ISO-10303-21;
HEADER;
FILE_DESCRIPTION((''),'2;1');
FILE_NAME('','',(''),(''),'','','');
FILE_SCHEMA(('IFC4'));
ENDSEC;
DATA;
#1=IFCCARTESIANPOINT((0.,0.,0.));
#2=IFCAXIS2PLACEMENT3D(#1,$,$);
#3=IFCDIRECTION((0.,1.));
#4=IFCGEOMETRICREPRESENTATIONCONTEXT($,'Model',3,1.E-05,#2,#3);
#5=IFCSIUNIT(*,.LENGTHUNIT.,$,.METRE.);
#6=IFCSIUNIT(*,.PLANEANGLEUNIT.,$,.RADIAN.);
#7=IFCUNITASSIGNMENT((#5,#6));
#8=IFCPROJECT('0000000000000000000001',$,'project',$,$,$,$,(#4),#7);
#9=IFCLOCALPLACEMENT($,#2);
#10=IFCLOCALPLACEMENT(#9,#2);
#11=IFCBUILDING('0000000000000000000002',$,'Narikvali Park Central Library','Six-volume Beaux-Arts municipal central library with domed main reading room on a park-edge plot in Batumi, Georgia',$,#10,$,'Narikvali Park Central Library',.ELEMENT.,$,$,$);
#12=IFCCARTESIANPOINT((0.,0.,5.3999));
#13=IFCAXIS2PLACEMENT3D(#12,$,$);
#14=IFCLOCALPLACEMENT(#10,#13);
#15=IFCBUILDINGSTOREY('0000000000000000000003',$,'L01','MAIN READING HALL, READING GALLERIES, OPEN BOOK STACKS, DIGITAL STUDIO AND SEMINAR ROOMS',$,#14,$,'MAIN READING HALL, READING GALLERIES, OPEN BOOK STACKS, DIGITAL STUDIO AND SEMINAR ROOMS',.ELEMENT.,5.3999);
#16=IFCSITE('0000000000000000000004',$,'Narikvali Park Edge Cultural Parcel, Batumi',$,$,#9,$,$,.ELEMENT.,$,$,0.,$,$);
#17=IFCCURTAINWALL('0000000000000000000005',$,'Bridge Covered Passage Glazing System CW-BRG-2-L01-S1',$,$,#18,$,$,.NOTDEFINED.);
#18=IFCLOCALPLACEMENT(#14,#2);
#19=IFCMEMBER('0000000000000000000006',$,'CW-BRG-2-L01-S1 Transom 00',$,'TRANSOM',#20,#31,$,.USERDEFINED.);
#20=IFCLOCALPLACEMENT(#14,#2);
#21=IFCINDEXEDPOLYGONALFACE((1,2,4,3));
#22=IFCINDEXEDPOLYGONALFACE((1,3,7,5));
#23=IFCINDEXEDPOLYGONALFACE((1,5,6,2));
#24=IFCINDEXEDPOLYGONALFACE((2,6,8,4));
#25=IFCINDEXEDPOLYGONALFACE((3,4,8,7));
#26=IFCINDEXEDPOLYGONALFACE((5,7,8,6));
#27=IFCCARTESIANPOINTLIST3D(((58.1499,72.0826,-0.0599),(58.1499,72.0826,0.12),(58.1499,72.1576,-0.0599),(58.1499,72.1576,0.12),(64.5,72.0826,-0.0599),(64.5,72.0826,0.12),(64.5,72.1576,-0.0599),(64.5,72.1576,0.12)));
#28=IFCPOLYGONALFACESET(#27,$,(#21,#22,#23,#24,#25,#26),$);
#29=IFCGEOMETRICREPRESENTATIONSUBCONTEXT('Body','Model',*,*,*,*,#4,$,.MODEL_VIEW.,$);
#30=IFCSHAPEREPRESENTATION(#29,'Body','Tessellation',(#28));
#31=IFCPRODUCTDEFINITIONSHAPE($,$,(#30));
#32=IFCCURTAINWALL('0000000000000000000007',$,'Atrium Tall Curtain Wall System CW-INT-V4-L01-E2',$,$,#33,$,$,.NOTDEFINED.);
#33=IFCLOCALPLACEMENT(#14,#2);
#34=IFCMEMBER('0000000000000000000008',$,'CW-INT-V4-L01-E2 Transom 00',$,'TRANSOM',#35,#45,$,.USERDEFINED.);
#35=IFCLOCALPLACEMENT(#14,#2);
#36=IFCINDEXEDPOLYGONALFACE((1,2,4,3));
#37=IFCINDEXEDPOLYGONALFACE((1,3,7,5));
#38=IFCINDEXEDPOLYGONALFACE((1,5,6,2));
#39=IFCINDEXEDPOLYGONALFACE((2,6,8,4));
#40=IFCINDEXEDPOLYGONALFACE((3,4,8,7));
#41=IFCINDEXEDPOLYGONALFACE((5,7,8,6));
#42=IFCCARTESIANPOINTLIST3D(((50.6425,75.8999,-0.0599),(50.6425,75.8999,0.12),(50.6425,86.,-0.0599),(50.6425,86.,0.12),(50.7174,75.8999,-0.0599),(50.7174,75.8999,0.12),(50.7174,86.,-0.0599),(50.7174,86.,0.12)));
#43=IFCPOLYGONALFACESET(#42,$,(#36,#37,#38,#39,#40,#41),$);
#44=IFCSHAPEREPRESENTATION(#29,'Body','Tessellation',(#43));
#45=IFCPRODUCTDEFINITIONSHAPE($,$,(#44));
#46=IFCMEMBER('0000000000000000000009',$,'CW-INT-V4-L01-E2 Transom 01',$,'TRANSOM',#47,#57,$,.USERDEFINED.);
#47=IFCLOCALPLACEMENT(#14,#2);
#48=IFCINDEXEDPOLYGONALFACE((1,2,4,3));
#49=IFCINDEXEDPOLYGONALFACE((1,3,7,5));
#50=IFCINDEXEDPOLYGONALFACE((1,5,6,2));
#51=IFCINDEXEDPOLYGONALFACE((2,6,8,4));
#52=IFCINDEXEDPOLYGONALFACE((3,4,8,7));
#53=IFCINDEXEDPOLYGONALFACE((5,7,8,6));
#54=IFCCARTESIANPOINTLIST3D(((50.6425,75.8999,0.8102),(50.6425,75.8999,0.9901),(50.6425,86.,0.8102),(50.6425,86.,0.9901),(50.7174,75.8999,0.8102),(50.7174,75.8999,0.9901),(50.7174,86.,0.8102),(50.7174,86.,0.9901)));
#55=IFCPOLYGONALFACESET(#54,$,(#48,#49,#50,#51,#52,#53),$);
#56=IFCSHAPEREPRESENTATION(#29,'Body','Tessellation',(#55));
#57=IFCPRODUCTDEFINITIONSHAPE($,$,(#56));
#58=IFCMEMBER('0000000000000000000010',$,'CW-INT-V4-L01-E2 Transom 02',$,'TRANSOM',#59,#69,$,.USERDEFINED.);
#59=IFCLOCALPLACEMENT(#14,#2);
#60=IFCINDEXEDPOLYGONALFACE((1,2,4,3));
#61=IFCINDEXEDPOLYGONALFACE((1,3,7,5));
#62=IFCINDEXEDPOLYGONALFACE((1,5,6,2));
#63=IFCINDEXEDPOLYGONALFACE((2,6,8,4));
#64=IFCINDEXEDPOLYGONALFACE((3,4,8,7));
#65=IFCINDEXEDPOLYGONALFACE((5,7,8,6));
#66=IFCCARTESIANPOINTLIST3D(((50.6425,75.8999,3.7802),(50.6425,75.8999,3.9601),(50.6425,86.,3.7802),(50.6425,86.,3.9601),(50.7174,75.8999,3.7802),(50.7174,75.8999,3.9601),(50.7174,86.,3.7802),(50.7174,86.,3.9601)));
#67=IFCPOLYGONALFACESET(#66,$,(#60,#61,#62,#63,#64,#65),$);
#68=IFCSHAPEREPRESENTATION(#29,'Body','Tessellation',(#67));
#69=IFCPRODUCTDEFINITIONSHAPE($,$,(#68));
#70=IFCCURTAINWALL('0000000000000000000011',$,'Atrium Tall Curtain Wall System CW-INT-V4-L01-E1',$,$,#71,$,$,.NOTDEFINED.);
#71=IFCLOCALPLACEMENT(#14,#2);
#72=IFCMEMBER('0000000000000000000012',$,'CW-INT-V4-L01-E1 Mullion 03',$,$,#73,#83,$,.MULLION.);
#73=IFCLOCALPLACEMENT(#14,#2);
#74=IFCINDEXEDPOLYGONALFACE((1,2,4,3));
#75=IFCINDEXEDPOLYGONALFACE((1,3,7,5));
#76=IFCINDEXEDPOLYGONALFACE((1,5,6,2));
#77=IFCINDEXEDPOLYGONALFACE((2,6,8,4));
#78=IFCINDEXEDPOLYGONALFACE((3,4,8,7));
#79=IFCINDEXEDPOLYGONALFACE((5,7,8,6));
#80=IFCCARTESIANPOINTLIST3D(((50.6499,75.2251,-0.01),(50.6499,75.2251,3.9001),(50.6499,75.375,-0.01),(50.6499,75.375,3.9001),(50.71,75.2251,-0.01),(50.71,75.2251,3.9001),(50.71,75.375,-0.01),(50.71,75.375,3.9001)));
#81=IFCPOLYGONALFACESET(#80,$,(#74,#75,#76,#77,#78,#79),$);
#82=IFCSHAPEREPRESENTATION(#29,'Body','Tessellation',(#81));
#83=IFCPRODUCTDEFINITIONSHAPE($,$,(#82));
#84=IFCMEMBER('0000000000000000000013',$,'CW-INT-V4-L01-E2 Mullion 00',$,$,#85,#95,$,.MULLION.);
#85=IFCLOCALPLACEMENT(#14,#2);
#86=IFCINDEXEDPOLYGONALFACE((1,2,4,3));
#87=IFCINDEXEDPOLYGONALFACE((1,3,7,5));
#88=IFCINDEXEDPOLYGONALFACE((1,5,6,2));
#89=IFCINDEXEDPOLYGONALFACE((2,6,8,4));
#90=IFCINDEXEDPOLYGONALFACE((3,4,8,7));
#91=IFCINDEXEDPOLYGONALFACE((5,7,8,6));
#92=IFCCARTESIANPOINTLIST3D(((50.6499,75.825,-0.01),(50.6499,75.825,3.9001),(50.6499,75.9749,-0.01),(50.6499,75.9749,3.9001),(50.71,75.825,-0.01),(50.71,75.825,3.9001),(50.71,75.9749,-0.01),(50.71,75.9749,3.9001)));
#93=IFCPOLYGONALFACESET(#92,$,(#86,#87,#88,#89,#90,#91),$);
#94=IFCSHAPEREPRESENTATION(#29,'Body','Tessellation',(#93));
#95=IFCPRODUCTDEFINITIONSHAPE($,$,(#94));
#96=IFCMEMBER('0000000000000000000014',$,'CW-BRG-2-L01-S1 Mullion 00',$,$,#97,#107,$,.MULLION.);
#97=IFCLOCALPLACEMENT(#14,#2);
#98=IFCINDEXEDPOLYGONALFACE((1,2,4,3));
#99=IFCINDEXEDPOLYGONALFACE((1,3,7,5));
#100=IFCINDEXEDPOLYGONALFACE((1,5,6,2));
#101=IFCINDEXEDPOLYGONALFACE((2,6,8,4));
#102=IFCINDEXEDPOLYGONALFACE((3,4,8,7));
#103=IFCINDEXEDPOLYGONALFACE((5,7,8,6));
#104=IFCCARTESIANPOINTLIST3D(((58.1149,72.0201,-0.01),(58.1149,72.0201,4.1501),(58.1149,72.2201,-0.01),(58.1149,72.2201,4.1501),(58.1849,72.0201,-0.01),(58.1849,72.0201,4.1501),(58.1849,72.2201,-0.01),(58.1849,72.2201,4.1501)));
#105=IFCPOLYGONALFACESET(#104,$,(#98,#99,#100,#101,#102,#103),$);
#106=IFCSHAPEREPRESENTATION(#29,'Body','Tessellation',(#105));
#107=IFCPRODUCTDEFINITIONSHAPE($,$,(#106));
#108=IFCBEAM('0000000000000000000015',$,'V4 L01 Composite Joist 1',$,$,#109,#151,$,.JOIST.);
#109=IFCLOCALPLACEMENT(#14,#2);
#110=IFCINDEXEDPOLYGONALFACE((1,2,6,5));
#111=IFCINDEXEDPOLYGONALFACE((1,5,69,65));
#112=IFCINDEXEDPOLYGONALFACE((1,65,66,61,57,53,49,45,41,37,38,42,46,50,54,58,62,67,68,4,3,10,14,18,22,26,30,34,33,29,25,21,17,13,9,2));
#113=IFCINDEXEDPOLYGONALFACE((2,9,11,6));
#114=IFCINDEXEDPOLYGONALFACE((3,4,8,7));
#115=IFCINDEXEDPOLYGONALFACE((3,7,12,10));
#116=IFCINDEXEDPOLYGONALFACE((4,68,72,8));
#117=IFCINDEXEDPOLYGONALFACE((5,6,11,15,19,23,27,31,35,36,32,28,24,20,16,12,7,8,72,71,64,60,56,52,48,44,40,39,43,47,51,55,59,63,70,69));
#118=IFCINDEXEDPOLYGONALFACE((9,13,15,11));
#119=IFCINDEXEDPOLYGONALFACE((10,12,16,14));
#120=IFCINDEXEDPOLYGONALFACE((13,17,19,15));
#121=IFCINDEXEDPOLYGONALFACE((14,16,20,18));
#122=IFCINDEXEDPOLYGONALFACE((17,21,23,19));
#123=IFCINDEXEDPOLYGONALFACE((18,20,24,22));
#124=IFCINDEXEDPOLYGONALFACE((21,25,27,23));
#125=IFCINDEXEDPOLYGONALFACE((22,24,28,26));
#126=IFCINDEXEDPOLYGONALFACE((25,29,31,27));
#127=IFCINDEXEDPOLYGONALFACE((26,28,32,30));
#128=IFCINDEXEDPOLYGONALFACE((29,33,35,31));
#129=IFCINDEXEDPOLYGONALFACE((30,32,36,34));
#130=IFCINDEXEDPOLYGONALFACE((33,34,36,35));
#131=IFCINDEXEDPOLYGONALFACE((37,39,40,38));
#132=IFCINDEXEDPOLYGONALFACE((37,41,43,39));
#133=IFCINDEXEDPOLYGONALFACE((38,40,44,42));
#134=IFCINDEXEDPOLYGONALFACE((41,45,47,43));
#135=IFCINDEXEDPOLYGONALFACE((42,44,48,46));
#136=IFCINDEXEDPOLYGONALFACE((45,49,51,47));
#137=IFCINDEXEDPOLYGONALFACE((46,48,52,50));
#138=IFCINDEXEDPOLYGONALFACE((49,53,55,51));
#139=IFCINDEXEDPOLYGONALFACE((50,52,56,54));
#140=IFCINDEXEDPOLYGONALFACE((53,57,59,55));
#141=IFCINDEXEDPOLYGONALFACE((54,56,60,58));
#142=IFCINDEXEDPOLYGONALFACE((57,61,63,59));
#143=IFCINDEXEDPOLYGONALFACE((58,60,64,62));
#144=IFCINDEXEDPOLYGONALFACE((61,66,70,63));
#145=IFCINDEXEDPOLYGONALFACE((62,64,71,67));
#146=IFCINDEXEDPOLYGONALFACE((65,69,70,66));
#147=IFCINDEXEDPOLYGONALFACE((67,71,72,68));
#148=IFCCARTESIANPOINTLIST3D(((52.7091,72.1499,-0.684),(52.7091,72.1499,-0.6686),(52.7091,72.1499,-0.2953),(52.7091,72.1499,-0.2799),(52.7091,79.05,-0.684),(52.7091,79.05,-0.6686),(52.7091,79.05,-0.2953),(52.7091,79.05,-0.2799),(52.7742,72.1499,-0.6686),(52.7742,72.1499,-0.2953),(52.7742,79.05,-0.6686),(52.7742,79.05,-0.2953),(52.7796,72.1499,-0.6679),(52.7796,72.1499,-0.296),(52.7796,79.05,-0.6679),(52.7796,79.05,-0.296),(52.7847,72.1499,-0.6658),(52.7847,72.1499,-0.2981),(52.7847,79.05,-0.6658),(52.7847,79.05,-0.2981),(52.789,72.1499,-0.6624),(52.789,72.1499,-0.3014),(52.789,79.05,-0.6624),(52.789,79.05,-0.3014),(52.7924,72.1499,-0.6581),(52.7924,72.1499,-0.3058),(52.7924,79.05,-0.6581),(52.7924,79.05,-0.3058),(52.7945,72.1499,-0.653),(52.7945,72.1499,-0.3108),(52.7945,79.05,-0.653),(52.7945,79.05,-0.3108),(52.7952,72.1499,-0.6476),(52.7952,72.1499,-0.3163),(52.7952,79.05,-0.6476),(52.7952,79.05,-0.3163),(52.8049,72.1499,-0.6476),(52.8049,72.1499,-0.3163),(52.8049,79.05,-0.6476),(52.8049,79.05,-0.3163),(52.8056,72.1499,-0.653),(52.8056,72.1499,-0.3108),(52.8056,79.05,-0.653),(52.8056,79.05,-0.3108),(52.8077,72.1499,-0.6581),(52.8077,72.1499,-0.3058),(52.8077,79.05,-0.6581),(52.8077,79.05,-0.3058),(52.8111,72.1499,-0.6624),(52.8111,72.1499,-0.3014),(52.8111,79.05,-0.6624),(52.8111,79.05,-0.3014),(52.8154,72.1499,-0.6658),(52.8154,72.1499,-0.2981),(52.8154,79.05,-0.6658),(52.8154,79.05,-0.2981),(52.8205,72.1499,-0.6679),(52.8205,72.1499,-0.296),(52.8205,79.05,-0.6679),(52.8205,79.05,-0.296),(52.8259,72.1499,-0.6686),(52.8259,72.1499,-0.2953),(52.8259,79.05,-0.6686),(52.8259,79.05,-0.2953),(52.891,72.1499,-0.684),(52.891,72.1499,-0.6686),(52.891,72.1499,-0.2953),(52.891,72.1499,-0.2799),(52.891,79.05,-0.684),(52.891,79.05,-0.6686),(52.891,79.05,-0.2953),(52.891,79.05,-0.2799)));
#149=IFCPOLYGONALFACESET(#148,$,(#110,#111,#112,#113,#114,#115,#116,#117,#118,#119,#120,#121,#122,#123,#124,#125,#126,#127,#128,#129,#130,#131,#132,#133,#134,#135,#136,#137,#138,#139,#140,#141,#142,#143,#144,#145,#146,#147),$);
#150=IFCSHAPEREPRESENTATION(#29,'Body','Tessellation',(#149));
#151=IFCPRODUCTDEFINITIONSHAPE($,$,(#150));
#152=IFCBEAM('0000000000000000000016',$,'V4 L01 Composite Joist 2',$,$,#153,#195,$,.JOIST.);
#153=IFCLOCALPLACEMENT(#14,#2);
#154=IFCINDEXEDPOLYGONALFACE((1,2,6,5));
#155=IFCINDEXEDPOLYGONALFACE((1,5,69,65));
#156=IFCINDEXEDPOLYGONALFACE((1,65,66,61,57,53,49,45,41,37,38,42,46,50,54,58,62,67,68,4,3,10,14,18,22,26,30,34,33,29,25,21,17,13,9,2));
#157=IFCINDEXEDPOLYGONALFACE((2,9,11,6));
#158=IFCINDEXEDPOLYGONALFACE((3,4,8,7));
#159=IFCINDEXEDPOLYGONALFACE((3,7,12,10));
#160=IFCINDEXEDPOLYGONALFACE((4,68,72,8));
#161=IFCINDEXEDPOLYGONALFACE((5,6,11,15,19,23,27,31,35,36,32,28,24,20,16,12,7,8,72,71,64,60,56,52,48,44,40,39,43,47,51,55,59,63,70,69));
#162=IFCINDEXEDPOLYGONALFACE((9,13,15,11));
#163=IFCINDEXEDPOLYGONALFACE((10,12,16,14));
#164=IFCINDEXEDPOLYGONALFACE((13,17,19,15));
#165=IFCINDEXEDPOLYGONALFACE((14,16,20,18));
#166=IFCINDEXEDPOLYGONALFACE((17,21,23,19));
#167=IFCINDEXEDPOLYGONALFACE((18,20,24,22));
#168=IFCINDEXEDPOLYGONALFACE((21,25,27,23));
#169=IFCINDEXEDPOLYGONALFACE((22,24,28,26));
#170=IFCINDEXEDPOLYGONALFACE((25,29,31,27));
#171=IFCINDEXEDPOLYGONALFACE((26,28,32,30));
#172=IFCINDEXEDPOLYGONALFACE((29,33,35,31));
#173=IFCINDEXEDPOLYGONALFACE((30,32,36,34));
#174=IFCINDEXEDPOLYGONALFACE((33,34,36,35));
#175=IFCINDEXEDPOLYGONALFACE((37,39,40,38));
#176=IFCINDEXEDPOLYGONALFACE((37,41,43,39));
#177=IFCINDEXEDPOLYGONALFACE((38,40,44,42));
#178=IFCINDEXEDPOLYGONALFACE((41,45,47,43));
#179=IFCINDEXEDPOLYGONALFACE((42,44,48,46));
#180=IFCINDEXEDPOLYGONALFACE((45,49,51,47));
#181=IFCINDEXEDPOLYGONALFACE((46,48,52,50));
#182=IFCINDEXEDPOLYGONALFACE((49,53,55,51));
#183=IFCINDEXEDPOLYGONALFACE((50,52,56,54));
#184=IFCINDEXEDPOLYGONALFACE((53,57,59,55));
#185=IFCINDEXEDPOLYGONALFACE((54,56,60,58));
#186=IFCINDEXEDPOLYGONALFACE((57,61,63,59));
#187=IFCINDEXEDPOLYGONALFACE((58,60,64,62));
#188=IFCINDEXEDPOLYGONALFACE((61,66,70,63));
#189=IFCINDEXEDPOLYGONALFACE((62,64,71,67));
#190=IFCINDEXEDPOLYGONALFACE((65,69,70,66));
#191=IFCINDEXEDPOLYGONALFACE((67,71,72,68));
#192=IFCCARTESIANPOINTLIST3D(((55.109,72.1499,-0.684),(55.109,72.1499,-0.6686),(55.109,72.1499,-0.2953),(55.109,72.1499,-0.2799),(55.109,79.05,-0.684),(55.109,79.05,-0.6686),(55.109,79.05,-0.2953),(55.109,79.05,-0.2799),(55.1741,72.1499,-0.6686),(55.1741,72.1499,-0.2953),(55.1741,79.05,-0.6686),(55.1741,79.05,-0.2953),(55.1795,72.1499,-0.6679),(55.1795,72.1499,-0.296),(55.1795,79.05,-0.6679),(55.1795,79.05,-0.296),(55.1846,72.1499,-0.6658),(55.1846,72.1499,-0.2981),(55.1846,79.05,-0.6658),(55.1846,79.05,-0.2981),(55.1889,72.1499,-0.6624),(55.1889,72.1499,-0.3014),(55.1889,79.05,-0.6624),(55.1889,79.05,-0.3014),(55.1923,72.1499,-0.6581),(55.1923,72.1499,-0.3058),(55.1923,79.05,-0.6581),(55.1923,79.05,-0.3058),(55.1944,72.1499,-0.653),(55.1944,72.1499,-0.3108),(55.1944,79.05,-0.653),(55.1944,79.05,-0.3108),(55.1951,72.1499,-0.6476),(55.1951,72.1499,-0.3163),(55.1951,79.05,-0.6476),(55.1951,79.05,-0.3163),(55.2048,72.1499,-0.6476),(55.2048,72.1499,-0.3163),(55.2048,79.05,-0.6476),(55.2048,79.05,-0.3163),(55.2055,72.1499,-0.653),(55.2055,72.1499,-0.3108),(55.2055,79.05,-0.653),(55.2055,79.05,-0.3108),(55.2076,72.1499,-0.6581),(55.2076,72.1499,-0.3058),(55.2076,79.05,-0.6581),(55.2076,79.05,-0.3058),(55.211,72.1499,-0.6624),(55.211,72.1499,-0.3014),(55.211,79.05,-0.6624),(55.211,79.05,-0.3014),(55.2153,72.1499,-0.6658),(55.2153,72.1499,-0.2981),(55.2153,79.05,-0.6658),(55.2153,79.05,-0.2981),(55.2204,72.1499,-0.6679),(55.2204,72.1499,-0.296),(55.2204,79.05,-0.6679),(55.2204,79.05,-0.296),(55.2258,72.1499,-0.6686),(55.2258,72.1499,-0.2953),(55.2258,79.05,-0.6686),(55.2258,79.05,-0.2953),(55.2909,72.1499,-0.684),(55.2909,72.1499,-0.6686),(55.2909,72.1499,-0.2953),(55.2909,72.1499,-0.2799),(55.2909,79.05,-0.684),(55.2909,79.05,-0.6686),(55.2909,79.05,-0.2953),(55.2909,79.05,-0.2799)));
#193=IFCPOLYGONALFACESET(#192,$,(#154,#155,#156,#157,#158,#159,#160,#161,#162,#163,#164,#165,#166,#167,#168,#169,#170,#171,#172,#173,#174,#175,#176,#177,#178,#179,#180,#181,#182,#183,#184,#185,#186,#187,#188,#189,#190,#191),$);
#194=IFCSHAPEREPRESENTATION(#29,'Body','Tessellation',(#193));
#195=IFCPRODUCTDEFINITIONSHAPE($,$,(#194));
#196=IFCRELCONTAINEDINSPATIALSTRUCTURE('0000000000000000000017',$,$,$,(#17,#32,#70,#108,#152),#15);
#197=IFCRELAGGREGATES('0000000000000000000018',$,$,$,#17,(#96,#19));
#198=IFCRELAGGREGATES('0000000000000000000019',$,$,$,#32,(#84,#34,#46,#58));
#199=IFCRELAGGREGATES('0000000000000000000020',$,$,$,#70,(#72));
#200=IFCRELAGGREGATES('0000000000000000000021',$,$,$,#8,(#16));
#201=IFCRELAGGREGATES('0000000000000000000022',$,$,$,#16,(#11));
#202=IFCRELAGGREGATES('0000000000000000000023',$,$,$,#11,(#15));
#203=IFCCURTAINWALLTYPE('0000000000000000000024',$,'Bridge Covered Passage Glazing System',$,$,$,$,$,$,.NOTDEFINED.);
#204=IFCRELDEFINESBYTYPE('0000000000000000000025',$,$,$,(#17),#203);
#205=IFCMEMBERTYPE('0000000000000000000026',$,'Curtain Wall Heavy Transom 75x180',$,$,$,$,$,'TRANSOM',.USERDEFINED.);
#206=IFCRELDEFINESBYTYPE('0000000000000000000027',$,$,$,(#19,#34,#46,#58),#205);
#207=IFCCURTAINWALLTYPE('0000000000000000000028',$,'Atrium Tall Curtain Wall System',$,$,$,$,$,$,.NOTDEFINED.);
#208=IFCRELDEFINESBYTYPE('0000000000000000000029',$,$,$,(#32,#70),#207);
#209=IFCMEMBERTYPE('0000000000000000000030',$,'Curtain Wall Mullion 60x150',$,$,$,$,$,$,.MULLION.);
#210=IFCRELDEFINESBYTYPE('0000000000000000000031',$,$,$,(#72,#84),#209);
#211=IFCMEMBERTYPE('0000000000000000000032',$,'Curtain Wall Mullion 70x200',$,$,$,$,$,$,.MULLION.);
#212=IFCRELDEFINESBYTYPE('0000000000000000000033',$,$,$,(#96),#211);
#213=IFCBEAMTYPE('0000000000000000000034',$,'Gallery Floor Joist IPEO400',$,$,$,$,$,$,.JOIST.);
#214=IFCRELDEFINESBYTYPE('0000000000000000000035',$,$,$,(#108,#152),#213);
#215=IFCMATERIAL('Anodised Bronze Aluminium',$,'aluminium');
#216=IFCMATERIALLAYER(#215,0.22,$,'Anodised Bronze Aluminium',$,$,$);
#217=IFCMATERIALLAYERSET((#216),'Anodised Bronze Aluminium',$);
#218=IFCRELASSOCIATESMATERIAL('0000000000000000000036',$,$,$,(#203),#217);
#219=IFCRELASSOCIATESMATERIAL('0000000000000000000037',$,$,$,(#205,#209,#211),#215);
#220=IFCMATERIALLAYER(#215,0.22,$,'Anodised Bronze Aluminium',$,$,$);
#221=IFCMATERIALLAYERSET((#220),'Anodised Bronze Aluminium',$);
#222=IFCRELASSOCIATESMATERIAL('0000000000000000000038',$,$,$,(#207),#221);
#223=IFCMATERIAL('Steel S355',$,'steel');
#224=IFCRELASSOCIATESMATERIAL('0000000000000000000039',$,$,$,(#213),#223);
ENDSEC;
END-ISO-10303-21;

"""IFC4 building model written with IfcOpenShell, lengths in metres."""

from ifc_helpers import new_model, si_unit, direction, frame, origin, origin_2d, place, context, subcontext, project, spatial, rectangle, i_section, extrude, material, layer, layer_set, material_profile, profile_set, type_object, element, aggregate, save


model = new_model("IFC4")

# Units and contexts
model_context = context("Model", 3, precision=1e-05, world=origin(), true_north=direction((0.0, 1.0)))
body_context = subcontext(model_context, "Body", "Model", "MODEL_VIEW")
ifc_project = project(units=[si_unit("LENGTHUNIT", "METRE"), si_unit("PLANEANGLEUNIT", "RADIAN")], contexts=[model_context])

# Site, building, storey
site_placement = place(None, origin())
site = spatial("IfcSite", under=ifc_project, at=site_placement, Name="Narikvali Park Edge Cultural Parcel, Batumi", CompositionType="ELEMENT", RefElevation=0.0)
building_placement = place(site_placement, origin())
building = spatial("IfcBuilding", under=site, at=building_placement, Name="Narikvali Park Central Library", Description="Six-volume Beaux-Arts municipal central library with domed main reading room on a park-edge plot in Batumi, Georgia", LongName="Narikvali Park Central Library", CompositionType="ELEMENT")
storey_placement = place(building_placement, frame((0.0, 0.0, 5.3999)))
storey = spatial("IfcBuildingStorey", under=building, at=storey_placement, Name="L01", Description="MAIN READING HALL, READING GALLERIES, OPEN BOOK STACKS, DIGITAL STUDIO AND SEMINAR ROOMS", LongName="MAIN READING HALL, READING GALLERIES, OPEN BOOK STACKS, DIGITAL STUDIO AND SEMINAR ROOMS", CompositionType="ELEMENT", Elevation=5.3999)

# Shared definitions
ifc_material_1 = material(Name="Steel S355", Category="steel")

# Curtain wall, member
ifc_material_2 = material(Name="Anodised Bronze Aluminium", Category="aluminium")
ifc_layer_1 = layer(ifc_material_2, 0.22, Name="Anodised Bronze Aluminium")
ifc_layer_set_1 = layer_set([ifc_layer_1], Name="Anodised Bronze Aluminium")
curtain_wall_type_1 = type_object("IfcCurtainWallType", Name="Bridge Covered Passage Glazing System", PredefinedType="NOTDEFINED", material=ifc_layer_set_1)
curtain_wall_1_placement = place(storey_placement, origin())
curtain_wall_1 = element("IfcCurtainWall", 1, at=curtain_wall_1_placement, inside=storey, type_object=curtain_wall_type_1, Name="Bridge Covered Passage Glazing System CW-BRG-2-L01-S1", PredefinedType="NOTDEFINED")
ifc_material_profile_1 = material_profile(ifc_material_2, rectangle(XDim=0.075, YDim=0.1799, at=origin_2d()), Name="CW TRANSOM 75x180")
ifc_profile_set_1 = profile_set([ifc_material_profile_1], Name="Anodised Bronze Aluminium")
member_type_1 = type_object("IfcMemberType", Name="Curtain Wall Heavy Transom 75x180", ElementType="TRANSOM", PredefinedType="USERDEFINED", material=ifc_profile_set_1)
member_1_placement = place(storey_placement, frame((58.1499, 72.1201, 0.03), z_axis=(1.0, 0.0, 0.0), x_axis=(0.0, 1.0, 0.0)))
member_1 = element("IfcMember", 2, at=member_1_placement, type_object=member_type_1, Name="CW-BRG-2-L01-S1 Transom 00", ObjectType="TRANSOM", PredefinedType="USERDEFINED", context=body_context, shape_type="SweptSolid", body=[
    extrude(rectangle(XDim=0.075, YDim=0.1799, at=origin_2d()), origin(), (0.0, 0.0, 1.0), 6.3501),
])

# Curtain wall, members
ifc_layer_2 = layer(ifc_material_2, 0.22, Name="Anodised Bronze Aluminium")
ifc_layer_set_2 = layer_set([ifc_layer_2], Name="Anodised Bronze Aluminium")
curtain_wall_type_2 = type_object("IfcCurtainWallType", Name="Atrium Tall Curtain Wall System", PredefinedType="NOTDEFINED", material=ifc_layer_set_2)
curtain_wall_2_placement = place(storey_placement, origin())
curtain_wall_2 = element("IfcCurtainWall", 3, at=curtain_wall_2_placement, inside=storey, type_object=curtain_wall_type_2, Name="Atrium Tall Curtain Wall System CW-INT-V4-L01-E2", PredefinedType="NOTDEFINED")
member_2_placement = place(storey_placement, frame((50.6799, 75.8999, 0.03), z_axis=(0.0, 1.0, 0.0), x_axis=(-1.0, 0.0, 0.0)))
member_2 = element("IfcMember", 4, at=member_2_placement, type_object=member_type_1, Name="CW-INT-V4-L01-E2 Transom 00", ObjectType="TRANSOM", PredefinedType="USERDEFINED", context=body_context, shape_type="SweptSolid", body=[
    extrude(rectangle(XDim=0.075, YDim=0.1799, at=origin_2d()), origin(), (0.0, 0.0, 1.0), 10.1001),
])
member_3_placement = place(storey_placement, frame((50.6799, 75.8999, 0.9001), z_axis=(0.0, 1.0, 0.0), x_axis=(-1.0, 0.0, 0.0)))
member_3 = element("IfcMember", 5, at=member_3_placement, type_object=member_type_1, Name="CW-INT-V4-L01-E2 Transom 01", ObjectType="TRANSOM", PredefinedType="USERDEFINED", context=body_context, shape_type="SweptSolid", body=[
    extrude(rectangle(XDim=0.075, YDim=0.1799, at=origin_2d()), origin(), (0.0, 0.0, 1.0), 10.1001),
])
member_4_placement = place(storey_placement, frame((50.6799, 75.8999, 3.8701), z_axis=(0.0, 1.0, 0.0), x_axis=(-1.0, 0.0, 0.0)))
member_4 = element("IfcMember", 6, at=member_4_placement, type_object=member_type_1, Name="CW-INT-V4-L01-E2 Transom 02", ObjectType="TRANSOM", PredefinedType="USERDEFINED", context=body_context, shape_type="SweptSolid", body=[
    extrude(rectangle(XDim=0.075, YDim=0.1799, at=origin_2d()), origin(), (0.0, 0.0, 1.0), 10.1001),
])

# Curtain wall, member
curtain_wall_3_placement = place(storey_placement, origin())
curtain_wall_3 = element("IfcCurtainWall", 7, at=curtain_wall_3_placement, inside=storey, type_object=curtain_wall_type_2, Name="Atrium Tall Curtain Wall System CW-INT-V4-L01-E1", PredefinedType="NOTDEFINED")
ifc_material_profile_2 = material_profile(ifc_material_2, rectangle(XDim=0.0601, YDim=0.1499, at=origin_2d()), Name="CW MULLION 60x150")
ifc_profile_set_2 = profile_set([ifc_material_profile_2], Name="Anodised Bronze Aluminium")
member_type_2 = type_object("IfcMemberType", Name="Curtain Wall Mullion 60x150", PredefinedType="MULLION", material=ifc_profile_set_2)
member_5_placement = place(storey_placement, frame((50.6799, 75.3, -0.01), z_axis=(0.0, 0.0, 1.0), x_axis=(1.0, 0.0, 0.0)))
member_5 = element("IfcMember", 8, at=member_5_placement, type_object=member_type_2, Name="CW-INT-V4-L01-E1 Mullion 03", PredefinedType="MULLION", context=body_context, shape_type="SweptSolid", body=[
    extrude(rectangle(XDim=0.0601, YDim=0.1499, at=origin_2d()), origin(), (0.0, 0.0, 1.0), 3.9102),
])

# Members
member_6_placement = place(storey_placement, frame((50.6799, 75.8999, -0.01), z_axis=(0.0, 0.0, 1.0), x_axis=(1.0, 0.0, 0.0)))
member_6 = element("IfcMember", 9, at=member_6_placement, type_object=member_type_2, Name="CW-INT-V4-L01-E2 Mullion 00", PredefinedType="MULLION", context=body_context, shape_type="SweptSolid", body=[
    extrude(rectangle(XDim=0.0601, YDim=0.1499, at=origin_2d()), origin(), (0.0, 0.0, 1.0), 3.9102),
])
ifc_material_profile_3 = material_profile(ifc_material_2, rectangle(XDim=0.0701, YDim=0.2, at=origin_2d()), Name="CW MULLION 70x200")
ifc_profile_set_3 = profile_set([ifc_material_profile_3], Name="Anodised Bronze Aluminium")
member_type_3 = type_object("IfcMemberType", Name="Curtain Wall Mullion 70x200", PredefinedType="MULLION", material=ifc_profile_set_3)
member_7_placement = place(storey_placement, frame((58.1499, 72.1201, -0.01), z_axis=(0.0, 0.0, 1.0), x_axis=(1.0, 0.0, 0.0)))
member_7 = element("IfcMember", 10, at=member_7_placement, type_object=member_type_3, Name="CW-BRG-2-L01-S1 Mullion 00", PredefinedType="MULLION", context=body_context, shape_type="SweptSolid", body=[
    extrude(rectangle(XDim=0.0701, YDim=0.2, at=origin_2d()), origin(), (0.0, 0.0, 1.0), 4.1602),
])
aggregate(curtain_wall_1, [member_7, member_1])

# Beams
ifc_material_profile_4 = material_profile(ifc_material_1, i_section(OverallWidth=0.1819, OverallDepth=0.4041, WebThickness=0.0098, FlangeThickness=0.0154, FilletRadius=0.021, at=origin_2d()), Name="IPEO 400")
ifc_profile_set_4 = profile_set([ifc_material_profile_4], Name="Steel S355")
beam_type_1 = type_object("IfcBeamType", Name="Gallery Floor Joist IPEO400", PredefinedType="JOIST", material=ifc_profile_set_4)
for number, where, z_axis, x_axis, name in (
    (11, (52.8, 72.1499, -0.4819), (0.0, 1.0, 0.0), (-1.0, 0.0, 0.0), "V4 L01 Composite Joist 1"),
    (12, (55.2, 72.1499, -0.4819), (0.0, 1.0, 0.0), (-1.0, 0.0, 0.0), "V4 L01 Composite Joist 2"),
):
    element("IfcBeam", number, at=place(storey_placement, frame(where, z_axis=z_axis, x_axis=x_axis)), inside=storey, type_object=beam_type_1, Name=name, PredefinedType="JOIST", context=body_context, shape_type="SweptSolid", body=[
        extrude(i_section(OverallWidth=0.1819, OverallDepth=0.4041, WebThickness=0.0098, FlangeThickness=0.0154, FilletRadius=0.021, at=origin_2d()), origin(), (0.0, 0.0, 1.0), 6.9001),
    ])

aggregate(curtain_wall_2, [member_6, member_2, member_3, member_4])
aggregate(curtain_wall_3, [member_5])

save(model, "model.ifc")
